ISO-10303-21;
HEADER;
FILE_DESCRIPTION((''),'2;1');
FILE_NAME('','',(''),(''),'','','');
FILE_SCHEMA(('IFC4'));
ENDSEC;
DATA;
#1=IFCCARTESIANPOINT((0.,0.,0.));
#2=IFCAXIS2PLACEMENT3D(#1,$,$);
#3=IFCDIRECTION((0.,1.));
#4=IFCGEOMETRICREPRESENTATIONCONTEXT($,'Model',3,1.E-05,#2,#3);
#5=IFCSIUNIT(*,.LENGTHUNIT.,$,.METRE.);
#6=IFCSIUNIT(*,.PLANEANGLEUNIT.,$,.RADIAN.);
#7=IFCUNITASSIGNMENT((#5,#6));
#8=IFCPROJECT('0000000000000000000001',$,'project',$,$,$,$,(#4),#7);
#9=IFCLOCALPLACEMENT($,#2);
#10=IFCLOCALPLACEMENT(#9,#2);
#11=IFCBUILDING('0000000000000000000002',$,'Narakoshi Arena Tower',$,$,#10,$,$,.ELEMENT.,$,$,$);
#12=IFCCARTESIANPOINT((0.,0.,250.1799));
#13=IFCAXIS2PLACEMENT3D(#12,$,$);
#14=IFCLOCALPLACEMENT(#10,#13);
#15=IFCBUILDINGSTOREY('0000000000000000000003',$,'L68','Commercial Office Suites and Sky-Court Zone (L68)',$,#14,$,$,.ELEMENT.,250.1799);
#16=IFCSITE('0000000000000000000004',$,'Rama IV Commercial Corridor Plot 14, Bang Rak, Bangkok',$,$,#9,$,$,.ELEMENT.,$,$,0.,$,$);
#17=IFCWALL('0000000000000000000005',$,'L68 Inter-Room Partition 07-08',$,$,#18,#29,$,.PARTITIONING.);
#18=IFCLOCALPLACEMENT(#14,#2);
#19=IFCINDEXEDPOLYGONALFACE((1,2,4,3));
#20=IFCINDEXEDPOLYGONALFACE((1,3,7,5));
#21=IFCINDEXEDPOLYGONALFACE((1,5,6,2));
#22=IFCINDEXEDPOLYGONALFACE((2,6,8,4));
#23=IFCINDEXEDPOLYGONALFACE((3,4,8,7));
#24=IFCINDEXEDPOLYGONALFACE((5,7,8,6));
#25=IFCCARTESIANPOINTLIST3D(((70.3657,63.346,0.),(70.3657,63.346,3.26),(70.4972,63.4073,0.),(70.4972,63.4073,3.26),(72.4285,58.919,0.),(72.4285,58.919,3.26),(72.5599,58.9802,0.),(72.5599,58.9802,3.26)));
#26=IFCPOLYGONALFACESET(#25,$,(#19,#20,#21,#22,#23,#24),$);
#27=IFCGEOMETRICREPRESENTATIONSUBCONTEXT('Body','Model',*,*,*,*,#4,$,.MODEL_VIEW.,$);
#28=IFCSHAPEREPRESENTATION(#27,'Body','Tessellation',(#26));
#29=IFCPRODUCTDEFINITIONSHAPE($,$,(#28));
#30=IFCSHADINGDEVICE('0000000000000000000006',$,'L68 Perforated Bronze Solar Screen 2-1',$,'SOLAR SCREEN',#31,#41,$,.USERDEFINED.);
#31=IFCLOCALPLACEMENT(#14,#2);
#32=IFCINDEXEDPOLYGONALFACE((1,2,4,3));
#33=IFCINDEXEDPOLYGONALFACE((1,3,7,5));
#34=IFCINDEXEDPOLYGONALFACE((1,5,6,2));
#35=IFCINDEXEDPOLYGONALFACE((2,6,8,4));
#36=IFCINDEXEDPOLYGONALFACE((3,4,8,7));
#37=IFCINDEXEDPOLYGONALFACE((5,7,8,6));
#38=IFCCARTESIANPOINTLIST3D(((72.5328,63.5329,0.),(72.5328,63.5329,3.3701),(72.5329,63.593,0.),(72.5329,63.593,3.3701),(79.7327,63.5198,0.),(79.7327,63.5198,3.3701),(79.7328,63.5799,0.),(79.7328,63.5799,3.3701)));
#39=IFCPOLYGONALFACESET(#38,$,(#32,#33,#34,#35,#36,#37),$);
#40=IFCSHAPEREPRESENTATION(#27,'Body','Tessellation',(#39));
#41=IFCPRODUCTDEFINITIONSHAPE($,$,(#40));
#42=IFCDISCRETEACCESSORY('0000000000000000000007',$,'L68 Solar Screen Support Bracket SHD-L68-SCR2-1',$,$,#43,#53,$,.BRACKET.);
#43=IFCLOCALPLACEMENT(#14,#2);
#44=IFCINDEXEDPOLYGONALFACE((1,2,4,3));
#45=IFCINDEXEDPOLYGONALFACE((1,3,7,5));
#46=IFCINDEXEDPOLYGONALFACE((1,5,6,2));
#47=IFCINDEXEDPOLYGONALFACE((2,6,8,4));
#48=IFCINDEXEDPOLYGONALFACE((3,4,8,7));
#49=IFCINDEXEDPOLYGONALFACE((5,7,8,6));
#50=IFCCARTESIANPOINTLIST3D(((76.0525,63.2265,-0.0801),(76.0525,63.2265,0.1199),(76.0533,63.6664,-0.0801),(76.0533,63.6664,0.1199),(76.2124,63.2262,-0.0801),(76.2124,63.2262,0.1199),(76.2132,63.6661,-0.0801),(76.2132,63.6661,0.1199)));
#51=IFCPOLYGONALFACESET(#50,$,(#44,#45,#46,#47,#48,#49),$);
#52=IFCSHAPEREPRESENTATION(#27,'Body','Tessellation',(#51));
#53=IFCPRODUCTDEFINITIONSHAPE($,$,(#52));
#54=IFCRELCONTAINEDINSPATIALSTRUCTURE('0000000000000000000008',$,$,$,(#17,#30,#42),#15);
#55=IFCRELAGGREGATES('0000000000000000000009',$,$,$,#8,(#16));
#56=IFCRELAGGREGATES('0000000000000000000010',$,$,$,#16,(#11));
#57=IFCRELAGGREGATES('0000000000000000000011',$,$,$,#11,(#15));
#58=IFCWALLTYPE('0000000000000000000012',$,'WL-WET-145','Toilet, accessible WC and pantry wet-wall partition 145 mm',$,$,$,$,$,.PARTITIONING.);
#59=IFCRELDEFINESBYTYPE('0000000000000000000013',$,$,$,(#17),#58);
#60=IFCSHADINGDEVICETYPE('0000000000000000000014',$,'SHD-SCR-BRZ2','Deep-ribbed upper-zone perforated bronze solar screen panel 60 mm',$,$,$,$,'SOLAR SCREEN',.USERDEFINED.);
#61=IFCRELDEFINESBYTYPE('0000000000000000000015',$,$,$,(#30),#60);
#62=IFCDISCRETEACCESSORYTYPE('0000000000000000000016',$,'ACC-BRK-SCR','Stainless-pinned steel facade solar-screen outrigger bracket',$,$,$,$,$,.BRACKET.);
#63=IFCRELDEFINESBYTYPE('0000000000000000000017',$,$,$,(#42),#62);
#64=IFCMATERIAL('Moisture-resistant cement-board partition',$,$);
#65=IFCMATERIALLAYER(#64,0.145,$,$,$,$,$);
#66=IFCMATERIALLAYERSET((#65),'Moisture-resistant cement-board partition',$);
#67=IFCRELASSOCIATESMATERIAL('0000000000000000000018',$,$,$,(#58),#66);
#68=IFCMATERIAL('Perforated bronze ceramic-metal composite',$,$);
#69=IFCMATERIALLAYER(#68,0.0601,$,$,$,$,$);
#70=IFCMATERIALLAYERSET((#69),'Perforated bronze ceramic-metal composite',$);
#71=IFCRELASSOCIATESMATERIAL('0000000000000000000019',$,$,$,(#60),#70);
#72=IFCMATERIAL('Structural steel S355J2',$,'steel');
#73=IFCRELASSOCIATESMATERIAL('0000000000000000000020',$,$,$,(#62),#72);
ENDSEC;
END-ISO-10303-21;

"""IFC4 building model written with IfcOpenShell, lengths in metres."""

from ifc_helpers import new_model, si_unit, direction, frame, frame_2d, origin, origin_2d, place, context, subcontext, project, spatial, rectangle, extrude, material, layer, layer_set, type_object, element, save


model = new_model("IFC4")

# Units and contexts
model_context = context("Model", 3, precision=1e-05, world=origin(), true_north=direction((0.0, 1.0)))
body_context = subcontext(model_context, "Body", "Model", "MODEL_VIEW")
ifc_project = project(units=[si_unit("LENGTHUNIT", "METRE"), si_unit("PLANEANGLEUNIT", "RADIAN")], contexts=[model_context])

# Site, building, storey
site_placement = place(None, origin())
site = spatial("IfcSite", under=ifc_project, at=site_placement, Name="Rama IV Commercial Corridor Plot 14, Bang Rak, Bangkok", CompositionType="ELEMENT", RefElevation=0.0)
building_placement = place(site_placement, origin())
building = spatial("IfcBuilding", under=site, at=building_placement, Name="Narakoshi Arena Tower", CompositionType="ELEMENT")
storey_placement = place(building_placement, frame((0.0, 0.0, 250.1799)))
storey = spatial("IfcBuildingStorey", under=building, at=storey_placement, Name="L68", Description="Commercial Office Suites and Sky-Court Zone (L68)", CompositionType="ELEMENT", Elevation=250.1799)

# Shared definitions
ifc_material_1 = material(Name="Moisture-resistant cement-board partition")
ifc_layer_1 = layer(ifc_material_1, 0.145)
ifc_layer_set_1 = layer_set([ifc_layer_1], Name="Moisture-resistant cement-board partition")
wall_type_1 = type_object("IfcWallType", Name="WL-WET-145", Description="Toilet, accessible WC and pantry wet-wall partition 145 mm", PredefinedType="PARTITIONING", material=ifc_layer_set_1)

# Wall
wall_1_placement = place(storey_placement, frame((72.4941, 58.9497, 0.0), z_axis=(0.0, 0.0, 1.0), x_axis=(-0.422349, 0.906433, 0.0)))
element("IfcWall", 1, at=wall_1_placement, inside=storey, type_object=wall_type_1, Name="L68 Inter-Room Partition 07-08", PredefinedType="PARTITIONING", context=body_context, shape_type="SweptSolid", body=[
    extrude(rectangle(XDim=4.884, YDim=0.145, at=frame_2d((2.4419, 0.0))), origin(), (0.0, 0.0, 1.0), 3.26),
])

# Shading device
ifc_material_2 = material(Name="Perforated bronze ceramic-metal composite")
ifc_layer_2 = layer(ifc_material_2, 0.0601)
ifc_layer_set_2 = layer_set([ifc_layer_2], Name="Perforated bronze ceramic-metal composite")
shading_device_type = type_object("IfcShadingDeviceType", Name="SHD-SCR-BRZ2", Description="Deep-ribbed upper-zone perforated bronze solar screen panel 60 mm", ElementType="SOLAR SCREEN", PredefinedType="USERDEFINED", material=ifc_layer_set_2)
shading_device_placement = place(storey_placement, frame((76.1328, 63.5564, 0.0), z_axis=(0.0, 0.0, 1.0), x_axis=(-0.999998, 0.001815, 0.0)))
element("IfcShadingDevice", 2, at=shading_device_placement, inside=storey, type_object=shading_device_type, Name="L68 Perforated Bronze Solar Screen 2-1", ObjectType="SOLAR SCREEN", PredefinedType="USERDEFINED", context=body_context, shape_type="SweptSolid", body=[
    extrude(rectangle(XDim=7.2, YDim=0.0601, at=origin_2d()), origin(), (0.0, 0.0, 1.0), 3.3701),
])

# Discrete accessory
ifc_material_3 = material(Name="Structural steel S355J2", Category="steel")
discrete_accessory_type = type_object("IfcDiscreteAccessoryType", Name="ACC-BRK-SCR", Description="Stainless-pinned steel facade solar-screen outrigger bracket", PredefinedType="BRACKET", material=ifc_material_3)
discrete_accessory_placement = place(storey_placement, frame((76.1328, 63.4463, -0.0801), z_axis=(0.0, 0.0, 1.0), x_axis=(-0.999998, 0.001815, 0.0)))
element("IfcDiscreteAccessory", 3, at=discrete_accessory_placement, inside=storey, type_object=discrete_accessory_type, Name="L68 Solar Screen Support Bracket SHD-L68-SCR2-1", PredefinedType="BRACKET", context=body_context, shape_type="SweptSolid", body=[
    extrude(rectangle(XDim=0.1599, YDim=0.4399, at=origin_2d()), origin(), (0.0, 0.0, 1.0), 0.2),
])

save(model, "model.ifc")
